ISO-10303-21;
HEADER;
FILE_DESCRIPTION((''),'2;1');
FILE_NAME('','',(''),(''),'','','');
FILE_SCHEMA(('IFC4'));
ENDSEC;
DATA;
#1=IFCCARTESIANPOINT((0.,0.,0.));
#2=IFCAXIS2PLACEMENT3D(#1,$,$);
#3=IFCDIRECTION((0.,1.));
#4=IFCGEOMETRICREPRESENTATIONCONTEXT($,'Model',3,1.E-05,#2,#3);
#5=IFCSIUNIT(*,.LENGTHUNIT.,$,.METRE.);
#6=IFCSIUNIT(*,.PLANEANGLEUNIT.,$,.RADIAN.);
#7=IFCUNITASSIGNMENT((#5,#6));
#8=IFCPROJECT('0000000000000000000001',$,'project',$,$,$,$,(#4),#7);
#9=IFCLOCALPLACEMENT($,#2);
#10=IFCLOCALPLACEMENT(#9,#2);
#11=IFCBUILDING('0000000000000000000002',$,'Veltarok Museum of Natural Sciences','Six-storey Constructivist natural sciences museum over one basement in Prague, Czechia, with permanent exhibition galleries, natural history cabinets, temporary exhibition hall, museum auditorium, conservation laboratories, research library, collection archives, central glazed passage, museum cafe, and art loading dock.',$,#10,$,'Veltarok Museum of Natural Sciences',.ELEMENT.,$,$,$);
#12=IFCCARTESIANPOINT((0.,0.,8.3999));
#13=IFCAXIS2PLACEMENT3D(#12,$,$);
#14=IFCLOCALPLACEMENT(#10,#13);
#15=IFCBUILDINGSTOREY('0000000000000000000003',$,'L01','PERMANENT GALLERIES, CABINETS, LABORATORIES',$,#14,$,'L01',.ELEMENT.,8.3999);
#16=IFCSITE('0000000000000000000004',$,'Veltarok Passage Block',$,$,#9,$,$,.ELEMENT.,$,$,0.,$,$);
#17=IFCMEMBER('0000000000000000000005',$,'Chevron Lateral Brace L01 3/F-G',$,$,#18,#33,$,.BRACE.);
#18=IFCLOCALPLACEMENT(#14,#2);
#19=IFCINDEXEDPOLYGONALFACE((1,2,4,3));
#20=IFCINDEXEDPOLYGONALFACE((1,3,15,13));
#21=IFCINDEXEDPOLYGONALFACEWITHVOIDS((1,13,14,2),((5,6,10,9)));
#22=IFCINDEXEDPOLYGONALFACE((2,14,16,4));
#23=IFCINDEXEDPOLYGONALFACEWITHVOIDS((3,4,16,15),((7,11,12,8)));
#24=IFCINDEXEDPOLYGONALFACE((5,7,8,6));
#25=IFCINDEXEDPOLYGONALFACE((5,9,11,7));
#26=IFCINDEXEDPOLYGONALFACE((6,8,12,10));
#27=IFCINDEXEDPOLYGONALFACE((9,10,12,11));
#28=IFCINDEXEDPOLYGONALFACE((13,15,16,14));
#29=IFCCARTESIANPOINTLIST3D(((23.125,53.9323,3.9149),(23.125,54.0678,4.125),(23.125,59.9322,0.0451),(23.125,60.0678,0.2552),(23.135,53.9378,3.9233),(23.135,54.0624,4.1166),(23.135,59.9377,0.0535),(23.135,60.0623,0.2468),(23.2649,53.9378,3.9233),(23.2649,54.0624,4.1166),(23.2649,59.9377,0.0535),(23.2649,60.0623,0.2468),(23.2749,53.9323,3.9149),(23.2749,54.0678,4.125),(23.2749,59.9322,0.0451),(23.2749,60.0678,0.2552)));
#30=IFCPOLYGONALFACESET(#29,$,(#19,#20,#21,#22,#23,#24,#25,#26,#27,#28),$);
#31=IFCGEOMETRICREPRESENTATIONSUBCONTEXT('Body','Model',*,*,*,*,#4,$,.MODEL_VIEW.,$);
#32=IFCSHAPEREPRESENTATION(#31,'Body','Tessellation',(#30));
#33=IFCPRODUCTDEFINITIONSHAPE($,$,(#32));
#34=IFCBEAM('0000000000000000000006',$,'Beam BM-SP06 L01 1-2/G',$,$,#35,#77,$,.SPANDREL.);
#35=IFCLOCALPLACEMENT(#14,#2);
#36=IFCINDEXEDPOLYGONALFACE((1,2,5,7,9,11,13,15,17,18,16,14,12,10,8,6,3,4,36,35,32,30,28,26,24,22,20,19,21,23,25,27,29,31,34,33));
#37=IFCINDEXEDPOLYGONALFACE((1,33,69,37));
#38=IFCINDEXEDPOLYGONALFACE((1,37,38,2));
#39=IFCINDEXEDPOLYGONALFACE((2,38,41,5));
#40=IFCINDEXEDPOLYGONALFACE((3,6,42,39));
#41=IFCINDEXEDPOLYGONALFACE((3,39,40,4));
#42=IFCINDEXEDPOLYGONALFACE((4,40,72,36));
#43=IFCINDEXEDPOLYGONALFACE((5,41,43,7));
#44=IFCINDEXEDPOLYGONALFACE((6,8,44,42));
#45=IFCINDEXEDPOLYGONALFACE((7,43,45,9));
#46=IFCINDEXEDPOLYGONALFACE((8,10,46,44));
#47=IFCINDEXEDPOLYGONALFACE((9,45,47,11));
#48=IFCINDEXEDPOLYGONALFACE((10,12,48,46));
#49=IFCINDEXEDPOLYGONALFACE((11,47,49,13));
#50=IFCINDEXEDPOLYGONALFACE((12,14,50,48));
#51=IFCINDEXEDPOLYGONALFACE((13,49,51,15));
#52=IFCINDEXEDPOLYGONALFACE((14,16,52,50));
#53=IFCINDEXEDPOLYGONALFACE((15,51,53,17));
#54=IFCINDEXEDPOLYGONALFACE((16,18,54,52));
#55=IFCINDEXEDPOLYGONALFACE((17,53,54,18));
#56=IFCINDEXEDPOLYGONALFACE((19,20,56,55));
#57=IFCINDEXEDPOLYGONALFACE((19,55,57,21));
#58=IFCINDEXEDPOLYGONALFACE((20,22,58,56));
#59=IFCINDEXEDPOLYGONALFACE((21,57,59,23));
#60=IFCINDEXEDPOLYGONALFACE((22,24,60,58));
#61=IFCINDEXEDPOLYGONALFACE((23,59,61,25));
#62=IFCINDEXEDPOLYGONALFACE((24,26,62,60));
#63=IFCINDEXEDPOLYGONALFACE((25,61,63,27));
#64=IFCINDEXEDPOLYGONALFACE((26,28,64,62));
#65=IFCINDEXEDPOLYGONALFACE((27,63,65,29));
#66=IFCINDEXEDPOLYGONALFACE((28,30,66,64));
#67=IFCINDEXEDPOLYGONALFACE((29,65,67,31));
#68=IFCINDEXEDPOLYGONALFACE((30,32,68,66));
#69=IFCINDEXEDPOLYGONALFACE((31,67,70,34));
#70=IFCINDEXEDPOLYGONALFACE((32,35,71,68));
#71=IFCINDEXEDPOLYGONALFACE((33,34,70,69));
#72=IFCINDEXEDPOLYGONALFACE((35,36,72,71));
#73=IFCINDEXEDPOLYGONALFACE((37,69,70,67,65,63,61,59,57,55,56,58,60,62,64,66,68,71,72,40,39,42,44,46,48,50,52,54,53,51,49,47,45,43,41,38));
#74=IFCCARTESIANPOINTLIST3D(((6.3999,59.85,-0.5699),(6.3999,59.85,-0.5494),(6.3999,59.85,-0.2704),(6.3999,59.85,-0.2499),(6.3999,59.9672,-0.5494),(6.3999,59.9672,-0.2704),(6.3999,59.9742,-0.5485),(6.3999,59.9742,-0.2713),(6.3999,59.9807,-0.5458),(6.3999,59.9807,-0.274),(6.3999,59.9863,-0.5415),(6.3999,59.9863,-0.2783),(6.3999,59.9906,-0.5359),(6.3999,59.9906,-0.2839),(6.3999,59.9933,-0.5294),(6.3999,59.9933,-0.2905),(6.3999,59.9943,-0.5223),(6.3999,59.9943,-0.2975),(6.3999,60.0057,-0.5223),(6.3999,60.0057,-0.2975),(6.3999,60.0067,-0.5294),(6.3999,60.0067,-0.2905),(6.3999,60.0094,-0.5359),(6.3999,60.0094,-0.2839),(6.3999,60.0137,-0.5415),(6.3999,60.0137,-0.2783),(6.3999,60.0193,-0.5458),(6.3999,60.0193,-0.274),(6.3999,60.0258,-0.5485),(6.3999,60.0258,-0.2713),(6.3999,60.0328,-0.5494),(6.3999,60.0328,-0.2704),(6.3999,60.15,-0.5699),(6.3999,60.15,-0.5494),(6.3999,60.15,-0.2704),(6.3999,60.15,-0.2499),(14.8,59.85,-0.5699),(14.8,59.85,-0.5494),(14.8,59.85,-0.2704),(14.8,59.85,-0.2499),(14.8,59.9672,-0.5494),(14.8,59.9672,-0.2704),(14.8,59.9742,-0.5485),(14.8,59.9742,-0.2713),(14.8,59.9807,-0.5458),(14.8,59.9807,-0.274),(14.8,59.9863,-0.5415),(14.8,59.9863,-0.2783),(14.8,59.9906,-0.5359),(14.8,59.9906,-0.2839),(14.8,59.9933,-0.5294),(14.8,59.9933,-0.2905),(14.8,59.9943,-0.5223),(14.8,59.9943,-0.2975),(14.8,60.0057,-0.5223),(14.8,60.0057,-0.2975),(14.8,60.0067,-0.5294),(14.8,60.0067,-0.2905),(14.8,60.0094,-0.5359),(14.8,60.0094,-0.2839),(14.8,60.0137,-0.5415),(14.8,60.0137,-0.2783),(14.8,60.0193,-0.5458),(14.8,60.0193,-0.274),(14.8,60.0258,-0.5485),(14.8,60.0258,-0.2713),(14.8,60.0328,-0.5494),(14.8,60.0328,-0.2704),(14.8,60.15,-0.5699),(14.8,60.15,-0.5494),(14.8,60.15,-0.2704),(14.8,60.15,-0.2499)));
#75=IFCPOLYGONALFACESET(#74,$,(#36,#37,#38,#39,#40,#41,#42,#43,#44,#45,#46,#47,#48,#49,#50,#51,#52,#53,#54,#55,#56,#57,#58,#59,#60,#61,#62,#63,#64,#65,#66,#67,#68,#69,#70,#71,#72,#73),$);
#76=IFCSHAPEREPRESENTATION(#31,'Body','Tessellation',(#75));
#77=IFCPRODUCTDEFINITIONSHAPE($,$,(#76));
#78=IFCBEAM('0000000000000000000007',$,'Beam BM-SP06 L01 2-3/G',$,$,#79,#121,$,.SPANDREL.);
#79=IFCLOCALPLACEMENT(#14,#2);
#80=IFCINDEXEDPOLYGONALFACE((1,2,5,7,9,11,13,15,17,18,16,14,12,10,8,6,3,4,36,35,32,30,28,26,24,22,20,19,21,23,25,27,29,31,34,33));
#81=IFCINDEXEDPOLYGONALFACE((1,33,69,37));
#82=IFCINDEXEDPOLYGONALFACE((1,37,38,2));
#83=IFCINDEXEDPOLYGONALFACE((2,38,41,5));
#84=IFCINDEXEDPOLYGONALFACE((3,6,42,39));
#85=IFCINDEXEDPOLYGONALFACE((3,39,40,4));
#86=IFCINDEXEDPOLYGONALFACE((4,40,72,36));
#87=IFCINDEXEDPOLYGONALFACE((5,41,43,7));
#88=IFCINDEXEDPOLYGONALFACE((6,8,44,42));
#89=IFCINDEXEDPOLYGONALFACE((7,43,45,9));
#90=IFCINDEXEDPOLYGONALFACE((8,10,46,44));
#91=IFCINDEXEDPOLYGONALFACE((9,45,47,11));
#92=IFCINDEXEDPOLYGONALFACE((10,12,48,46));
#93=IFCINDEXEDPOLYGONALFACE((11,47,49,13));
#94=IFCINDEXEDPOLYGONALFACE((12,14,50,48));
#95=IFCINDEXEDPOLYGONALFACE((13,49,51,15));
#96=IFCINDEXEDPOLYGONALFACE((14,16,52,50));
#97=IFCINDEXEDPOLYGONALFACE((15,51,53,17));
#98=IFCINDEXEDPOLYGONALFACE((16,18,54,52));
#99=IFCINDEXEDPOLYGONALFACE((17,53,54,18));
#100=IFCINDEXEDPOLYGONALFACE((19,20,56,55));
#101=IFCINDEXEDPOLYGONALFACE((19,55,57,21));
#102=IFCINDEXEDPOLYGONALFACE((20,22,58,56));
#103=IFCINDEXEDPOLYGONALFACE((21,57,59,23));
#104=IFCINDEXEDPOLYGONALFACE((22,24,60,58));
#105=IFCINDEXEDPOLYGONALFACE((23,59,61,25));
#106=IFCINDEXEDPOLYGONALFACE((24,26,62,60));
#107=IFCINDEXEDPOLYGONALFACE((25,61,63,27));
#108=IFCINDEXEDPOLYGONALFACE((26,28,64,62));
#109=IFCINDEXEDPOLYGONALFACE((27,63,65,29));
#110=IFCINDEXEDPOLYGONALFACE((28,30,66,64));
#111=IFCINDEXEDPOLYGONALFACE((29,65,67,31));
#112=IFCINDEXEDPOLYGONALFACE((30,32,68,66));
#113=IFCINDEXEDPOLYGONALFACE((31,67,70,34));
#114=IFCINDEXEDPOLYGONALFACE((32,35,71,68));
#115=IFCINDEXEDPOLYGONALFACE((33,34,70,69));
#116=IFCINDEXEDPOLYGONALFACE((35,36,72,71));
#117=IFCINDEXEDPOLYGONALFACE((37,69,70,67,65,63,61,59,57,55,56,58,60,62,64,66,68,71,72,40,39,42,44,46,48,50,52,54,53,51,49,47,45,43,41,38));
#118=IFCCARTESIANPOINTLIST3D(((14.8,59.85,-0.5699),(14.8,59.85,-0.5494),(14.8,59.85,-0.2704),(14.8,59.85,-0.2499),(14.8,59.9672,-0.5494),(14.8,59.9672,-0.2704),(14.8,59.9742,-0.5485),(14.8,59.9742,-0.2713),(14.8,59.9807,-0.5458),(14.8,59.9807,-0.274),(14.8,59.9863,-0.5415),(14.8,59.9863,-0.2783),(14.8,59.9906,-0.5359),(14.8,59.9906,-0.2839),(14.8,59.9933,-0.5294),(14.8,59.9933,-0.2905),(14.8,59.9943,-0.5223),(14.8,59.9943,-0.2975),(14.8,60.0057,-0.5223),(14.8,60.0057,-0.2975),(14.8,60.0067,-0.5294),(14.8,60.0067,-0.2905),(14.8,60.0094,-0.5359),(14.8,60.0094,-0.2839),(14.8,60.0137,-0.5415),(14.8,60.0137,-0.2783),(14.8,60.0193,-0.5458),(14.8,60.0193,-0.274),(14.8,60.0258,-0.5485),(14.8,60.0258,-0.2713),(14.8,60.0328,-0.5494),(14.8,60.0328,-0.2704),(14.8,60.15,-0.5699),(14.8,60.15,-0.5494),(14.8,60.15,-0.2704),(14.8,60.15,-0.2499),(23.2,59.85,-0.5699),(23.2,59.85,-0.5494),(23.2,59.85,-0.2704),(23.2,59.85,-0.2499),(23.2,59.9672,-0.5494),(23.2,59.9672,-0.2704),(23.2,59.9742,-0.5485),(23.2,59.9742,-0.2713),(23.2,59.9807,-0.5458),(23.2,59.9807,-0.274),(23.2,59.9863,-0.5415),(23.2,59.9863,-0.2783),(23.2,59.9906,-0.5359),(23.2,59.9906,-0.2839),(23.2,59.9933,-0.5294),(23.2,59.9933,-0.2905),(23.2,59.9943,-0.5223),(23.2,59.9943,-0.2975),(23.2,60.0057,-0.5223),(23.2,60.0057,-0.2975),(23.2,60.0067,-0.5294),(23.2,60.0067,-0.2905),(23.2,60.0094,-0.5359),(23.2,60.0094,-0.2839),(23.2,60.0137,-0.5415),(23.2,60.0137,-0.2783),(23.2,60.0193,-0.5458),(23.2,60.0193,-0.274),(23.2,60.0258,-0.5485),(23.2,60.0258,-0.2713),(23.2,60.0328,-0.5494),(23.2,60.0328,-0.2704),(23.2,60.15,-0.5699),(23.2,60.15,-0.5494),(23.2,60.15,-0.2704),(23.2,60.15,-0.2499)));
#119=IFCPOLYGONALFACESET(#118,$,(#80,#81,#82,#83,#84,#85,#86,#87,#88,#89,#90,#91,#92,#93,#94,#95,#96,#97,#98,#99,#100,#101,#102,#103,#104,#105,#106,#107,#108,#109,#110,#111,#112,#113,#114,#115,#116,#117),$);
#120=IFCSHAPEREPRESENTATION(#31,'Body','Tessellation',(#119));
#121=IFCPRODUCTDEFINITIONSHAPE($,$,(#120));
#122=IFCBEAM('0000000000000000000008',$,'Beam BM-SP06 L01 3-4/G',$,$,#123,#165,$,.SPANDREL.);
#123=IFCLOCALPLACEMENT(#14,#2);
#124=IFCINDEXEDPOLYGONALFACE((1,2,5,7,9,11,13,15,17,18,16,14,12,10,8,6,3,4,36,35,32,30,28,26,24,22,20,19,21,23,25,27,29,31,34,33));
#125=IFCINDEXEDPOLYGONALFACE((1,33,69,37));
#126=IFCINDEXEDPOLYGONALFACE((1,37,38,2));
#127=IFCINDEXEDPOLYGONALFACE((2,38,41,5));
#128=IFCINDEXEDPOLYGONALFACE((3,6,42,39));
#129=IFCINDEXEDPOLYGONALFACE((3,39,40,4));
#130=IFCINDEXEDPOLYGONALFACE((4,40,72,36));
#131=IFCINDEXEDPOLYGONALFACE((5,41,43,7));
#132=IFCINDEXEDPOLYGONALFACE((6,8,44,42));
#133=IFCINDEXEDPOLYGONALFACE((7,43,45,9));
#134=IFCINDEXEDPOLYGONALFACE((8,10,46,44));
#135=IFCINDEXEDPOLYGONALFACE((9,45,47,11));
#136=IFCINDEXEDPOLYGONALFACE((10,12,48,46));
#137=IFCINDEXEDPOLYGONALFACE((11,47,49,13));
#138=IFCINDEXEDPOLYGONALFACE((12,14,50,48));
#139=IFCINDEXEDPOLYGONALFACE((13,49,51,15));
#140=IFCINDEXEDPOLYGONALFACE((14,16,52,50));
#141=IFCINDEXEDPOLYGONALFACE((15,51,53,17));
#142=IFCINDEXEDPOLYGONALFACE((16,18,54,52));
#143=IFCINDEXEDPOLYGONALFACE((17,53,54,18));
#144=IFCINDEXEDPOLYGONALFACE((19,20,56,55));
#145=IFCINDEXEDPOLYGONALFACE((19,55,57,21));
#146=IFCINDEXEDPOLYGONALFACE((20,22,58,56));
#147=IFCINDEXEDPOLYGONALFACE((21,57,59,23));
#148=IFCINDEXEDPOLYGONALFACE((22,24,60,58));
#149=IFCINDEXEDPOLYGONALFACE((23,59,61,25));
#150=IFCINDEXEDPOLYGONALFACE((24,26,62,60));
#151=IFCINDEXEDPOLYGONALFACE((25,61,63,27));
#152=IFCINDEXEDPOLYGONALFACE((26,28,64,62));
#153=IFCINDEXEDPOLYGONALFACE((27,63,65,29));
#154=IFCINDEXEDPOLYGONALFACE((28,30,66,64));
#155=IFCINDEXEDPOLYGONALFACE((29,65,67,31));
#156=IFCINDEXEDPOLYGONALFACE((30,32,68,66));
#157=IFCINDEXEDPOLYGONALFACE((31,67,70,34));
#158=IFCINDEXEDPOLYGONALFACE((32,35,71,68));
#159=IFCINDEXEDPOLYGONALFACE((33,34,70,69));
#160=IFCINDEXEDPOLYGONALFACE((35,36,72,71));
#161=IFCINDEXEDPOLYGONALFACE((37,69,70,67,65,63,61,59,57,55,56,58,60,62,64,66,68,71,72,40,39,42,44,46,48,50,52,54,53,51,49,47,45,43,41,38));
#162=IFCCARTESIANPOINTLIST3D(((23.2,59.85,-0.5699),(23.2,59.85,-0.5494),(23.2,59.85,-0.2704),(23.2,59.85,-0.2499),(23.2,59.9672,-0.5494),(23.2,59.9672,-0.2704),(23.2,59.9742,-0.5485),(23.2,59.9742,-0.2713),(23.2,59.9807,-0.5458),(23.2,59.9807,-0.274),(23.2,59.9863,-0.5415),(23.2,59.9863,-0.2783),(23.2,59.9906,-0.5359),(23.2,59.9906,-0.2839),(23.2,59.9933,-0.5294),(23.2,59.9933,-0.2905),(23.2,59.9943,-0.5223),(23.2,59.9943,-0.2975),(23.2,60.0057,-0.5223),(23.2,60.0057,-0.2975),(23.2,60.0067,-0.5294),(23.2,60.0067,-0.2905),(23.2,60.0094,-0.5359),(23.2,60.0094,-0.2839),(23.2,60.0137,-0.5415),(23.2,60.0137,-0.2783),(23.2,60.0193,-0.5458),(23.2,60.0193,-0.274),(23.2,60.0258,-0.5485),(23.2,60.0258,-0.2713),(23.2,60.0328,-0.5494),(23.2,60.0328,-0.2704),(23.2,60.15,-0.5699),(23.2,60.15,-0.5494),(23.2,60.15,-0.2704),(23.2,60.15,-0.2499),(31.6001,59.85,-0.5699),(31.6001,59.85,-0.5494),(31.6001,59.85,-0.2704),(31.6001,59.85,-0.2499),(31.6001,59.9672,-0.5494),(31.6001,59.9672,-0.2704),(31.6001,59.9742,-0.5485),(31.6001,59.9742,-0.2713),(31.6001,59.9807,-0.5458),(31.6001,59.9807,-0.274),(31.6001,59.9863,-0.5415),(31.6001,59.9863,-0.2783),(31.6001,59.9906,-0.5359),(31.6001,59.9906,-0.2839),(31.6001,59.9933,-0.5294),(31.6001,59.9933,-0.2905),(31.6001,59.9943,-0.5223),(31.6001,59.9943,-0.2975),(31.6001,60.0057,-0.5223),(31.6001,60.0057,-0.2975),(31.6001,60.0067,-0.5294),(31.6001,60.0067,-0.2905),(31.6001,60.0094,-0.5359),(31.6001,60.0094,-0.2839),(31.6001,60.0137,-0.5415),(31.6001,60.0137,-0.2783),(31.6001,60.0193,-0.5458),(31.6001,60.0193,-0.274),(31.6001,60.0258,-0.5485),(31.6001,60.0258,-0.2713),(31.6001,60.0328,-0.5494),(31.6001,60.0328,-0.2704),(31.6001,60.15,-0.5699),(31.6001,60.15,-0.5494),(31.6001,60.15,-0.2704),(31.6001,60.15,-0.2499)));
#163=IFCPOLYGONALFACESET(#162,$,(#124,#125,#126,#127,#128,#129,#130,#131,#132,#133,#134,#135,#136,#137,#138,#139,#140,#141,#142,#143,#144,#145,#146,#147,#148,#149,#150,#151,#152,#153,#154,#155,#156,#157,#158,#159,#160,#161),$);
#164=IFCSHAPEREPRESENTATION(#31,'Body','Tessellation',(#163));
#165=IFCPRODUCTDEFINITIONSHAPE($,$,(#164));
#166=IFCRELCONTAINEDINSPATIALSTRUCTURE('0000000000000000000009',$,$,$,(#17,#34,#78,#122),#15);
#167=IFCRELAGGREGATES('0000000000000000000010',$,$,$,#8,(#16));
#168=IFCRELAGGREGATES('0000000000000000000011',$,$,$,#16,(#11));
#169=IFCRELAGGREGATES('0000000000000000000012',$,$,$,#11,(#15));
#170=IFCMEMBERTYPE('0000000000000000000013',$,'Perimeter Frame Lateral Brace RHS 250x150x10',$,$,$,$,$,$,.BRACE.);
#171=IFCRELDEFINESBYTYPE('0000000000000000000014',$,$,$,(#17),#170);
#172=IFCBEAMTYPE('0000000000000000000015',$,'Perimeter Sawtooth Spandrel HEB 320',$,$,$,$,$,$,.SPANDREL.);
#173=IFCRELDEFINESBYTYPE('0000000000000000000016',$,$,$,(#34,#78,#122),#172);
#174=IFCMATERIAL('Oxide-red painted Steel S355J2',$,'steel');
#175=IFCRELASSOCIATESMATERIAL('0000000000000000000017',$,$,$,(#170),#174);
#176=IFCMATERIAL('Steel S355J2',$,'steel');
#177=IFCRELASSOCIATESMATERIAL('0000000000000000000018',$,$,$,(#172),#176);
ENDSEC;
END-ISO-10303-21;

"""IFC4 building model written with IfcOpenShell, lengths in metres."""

from ifc_helpers import new_model, si_unit, direction, frame, origin, origin_2d, place, context, subcontext, project, spatial, hollow_rectangle, i_section, extrude, material, material_profile, profile_set, type_object, element, save


model = new_model("IFC4")

# Units and contexts
model_context = context("Model", 3, precision=1e-05, world=origin(), true_north=direction((0.0, 1.0)))
body_context = subcontext(model_context, "Body", "Model", "MODEL_VIEW")
ifc_project = project(units=[si_unit("LENGTHUNIT", "METRE"), si_unit("PLANEANGLEUNIT", "RADIAN")], contexts=[model_context])

# Site, building, storey
site_placement = place(None, origin())
site = spatial("IfcSite", under=ifc_project, at=site_placement, Name="Veltarok Passage Block", CompositionType="ELEMENT", RefElevation=0.0)
building_placement = place(site_placement, origin())
building = spatial("IfcBuilding", under=site, at=building_placement, Name="Veltarok Museum of Natural Sciences", Description="Six-storey Constructivist natural sciences museum over one basement in Prague, Czechia, with permanent exhibition galleries, natural history cabinets, temporary exhibition hall, museum auditorium, conservation laboratories, research library, collection archives, central glazed passage, museum cafe, and art loading dock.", LongName="Veltarok Museum of Natural Sciences", CompositionType="ELEMENT")
storey_placement = place(building_placement, frame((0.0, 0.0, 8.3999)))
storey = spatial("IfcBuildingStorey", under=building, at=storey_placement, Name="L01", Description="PERMANENT GALLERIES, CABINETS, LABORATORIES", LongName="L01", CompositionType="ELEMENT", Elevation=8.3999)

# Shared definitions
ifc_material_1 = material(Name="Steel S355J2", Category="steel")

# Member
ifc_material_2 = material(Name="Oxide-red painted Steel S355J2", Category="steel")
ifc_material_profile_1 = material_profile(ifc_material_2, hollow_rectangle(XDim=0.1499, YDim=0.25, WallThickness=0.01, at=origin_2d()), Name="RHS 250x150x10")
ifc_profile_set_1 = profile_set([ifc_material_profile_1], Name="Oxide-red painted Steel S355J2")
member_type_1 = type_object("IfcMemberType", Name="Perimeter Frame Lateral Brace RHS 250x150x10", PredefinedType="BRACE", material=ifc_profile_set_1)
for number, where, z_axis, x_axis, name in (
    (1, (23.2, 60.0, 0.1501), (0.0, -0.840366, 0.542019), (1.0, 0.0, 0.0), "Chevron Lateral Brace L01 3/F-G"),
):
    element("IfcMember", number, at=place(storey_placement, frame(where, z_axis=z_axis, x_axis=x_axis)), inside=storey, type_object=member_type_1, Name=name, PredefinedType="BRACE", context=body_context, shape_type="SweptSolid", body=[
        extrude(hollow_rectangle(XDim=0.1499, YDim=0.25, WallThickness=0.01, at=origin_2d()), origin(), (0.0, 0.0, 1.0), 7.1396),
    ])

# Beams
ifc_material_profile_2 = material_profile(ifc_material_1, i_section(OverallWidth=0.3, OverallDepth=0.3201, WebThickness=0.0115, FlangeThickness=0.0205, FilletRadius=0.0271, at=origin_2d()), Name="HEB 320")
ifc_profile_set_2 = profile_set([ifc_material_profile_2], Name="Steel S355J2")
beam_type_1 = type_object("IfcBeamType", Name="Perimeter Sawtooth Spandrel HEB 320", PredefinedType="SPANDREL", material=ifc_profile_set_2)
beam_1_placement = place(storey_placement, frame((6.3999, 60.0, -0.4099), z_axis=(1.0, 0.0, 0.0), x_axis=(0.0, 1.0, 0.0)))
element("IfcBeam", 2, at=beam_1_placement, inside=storey, type_object=beam_type_1, Name="Beam BM-SP06 L01 1-2/G", PredefinedType="SPANDREL", context=body_context, shape_type="SweptSolid", body=[
    extrude(i_section(OverallWidth=0.3, OverallDepth=0.3201, WebThickness=0.0115, FlangeThickness=0.0205, FilletRadius=0.0271, at=origin_2d()), origin(), (0.0, 0.0, 1.0), 8.4001),
])
beam_2_placement = place(storey_placement, frame((14.8, 60.0, -0.4099), z_axis=(1.0, 0.0, 0.0), x_axis=(0.0, 1.0, 0.0)))
element("IfcBeam", 3, at=beam_2_placement, inside=storey, type_object=beam_type_1, Name="Beam BM-SP06 L01 2-3/G", PredefinedType="SPANDREL", context=body_context, shape_type="SweptSolid", body=[
    extrude(i_section(OverallWidth=0.3, OverallDepth=0.3201, WebThickness=0.0115, FlangeThickness=0.0205, FilletRadius=0.0271, at=origin_2d()), origin(), (0.0, 0.0, 1.0), 8.3999),
])
beam_3_placement = place(storey_placement, frame((23.2, 60.0, -0.4099), z_axis=(1.0, 0.0, 0.0), x_axis=(0.0, 1.0, 0.0)))
element("IfcBeam", 4, at=beam_3_placement, inside=storey, type_object=beam_type_1, Name="Beam BM-SP06 L01 3-4/G", PredefinedType="SPANDREL", context=body_context, shape_type="SweptSolid", body=[
    extrude(i_section(OverallWidth=0.3, OverallDepth=0.3201, WebThickness=0.0115, FlangeThickness=0.0205, FilletRadius=0.0271, at=origin_2d()), origin(), (0.0, 0.0, 1.0), 8.4001),
])

save(model, "model.ifc")
